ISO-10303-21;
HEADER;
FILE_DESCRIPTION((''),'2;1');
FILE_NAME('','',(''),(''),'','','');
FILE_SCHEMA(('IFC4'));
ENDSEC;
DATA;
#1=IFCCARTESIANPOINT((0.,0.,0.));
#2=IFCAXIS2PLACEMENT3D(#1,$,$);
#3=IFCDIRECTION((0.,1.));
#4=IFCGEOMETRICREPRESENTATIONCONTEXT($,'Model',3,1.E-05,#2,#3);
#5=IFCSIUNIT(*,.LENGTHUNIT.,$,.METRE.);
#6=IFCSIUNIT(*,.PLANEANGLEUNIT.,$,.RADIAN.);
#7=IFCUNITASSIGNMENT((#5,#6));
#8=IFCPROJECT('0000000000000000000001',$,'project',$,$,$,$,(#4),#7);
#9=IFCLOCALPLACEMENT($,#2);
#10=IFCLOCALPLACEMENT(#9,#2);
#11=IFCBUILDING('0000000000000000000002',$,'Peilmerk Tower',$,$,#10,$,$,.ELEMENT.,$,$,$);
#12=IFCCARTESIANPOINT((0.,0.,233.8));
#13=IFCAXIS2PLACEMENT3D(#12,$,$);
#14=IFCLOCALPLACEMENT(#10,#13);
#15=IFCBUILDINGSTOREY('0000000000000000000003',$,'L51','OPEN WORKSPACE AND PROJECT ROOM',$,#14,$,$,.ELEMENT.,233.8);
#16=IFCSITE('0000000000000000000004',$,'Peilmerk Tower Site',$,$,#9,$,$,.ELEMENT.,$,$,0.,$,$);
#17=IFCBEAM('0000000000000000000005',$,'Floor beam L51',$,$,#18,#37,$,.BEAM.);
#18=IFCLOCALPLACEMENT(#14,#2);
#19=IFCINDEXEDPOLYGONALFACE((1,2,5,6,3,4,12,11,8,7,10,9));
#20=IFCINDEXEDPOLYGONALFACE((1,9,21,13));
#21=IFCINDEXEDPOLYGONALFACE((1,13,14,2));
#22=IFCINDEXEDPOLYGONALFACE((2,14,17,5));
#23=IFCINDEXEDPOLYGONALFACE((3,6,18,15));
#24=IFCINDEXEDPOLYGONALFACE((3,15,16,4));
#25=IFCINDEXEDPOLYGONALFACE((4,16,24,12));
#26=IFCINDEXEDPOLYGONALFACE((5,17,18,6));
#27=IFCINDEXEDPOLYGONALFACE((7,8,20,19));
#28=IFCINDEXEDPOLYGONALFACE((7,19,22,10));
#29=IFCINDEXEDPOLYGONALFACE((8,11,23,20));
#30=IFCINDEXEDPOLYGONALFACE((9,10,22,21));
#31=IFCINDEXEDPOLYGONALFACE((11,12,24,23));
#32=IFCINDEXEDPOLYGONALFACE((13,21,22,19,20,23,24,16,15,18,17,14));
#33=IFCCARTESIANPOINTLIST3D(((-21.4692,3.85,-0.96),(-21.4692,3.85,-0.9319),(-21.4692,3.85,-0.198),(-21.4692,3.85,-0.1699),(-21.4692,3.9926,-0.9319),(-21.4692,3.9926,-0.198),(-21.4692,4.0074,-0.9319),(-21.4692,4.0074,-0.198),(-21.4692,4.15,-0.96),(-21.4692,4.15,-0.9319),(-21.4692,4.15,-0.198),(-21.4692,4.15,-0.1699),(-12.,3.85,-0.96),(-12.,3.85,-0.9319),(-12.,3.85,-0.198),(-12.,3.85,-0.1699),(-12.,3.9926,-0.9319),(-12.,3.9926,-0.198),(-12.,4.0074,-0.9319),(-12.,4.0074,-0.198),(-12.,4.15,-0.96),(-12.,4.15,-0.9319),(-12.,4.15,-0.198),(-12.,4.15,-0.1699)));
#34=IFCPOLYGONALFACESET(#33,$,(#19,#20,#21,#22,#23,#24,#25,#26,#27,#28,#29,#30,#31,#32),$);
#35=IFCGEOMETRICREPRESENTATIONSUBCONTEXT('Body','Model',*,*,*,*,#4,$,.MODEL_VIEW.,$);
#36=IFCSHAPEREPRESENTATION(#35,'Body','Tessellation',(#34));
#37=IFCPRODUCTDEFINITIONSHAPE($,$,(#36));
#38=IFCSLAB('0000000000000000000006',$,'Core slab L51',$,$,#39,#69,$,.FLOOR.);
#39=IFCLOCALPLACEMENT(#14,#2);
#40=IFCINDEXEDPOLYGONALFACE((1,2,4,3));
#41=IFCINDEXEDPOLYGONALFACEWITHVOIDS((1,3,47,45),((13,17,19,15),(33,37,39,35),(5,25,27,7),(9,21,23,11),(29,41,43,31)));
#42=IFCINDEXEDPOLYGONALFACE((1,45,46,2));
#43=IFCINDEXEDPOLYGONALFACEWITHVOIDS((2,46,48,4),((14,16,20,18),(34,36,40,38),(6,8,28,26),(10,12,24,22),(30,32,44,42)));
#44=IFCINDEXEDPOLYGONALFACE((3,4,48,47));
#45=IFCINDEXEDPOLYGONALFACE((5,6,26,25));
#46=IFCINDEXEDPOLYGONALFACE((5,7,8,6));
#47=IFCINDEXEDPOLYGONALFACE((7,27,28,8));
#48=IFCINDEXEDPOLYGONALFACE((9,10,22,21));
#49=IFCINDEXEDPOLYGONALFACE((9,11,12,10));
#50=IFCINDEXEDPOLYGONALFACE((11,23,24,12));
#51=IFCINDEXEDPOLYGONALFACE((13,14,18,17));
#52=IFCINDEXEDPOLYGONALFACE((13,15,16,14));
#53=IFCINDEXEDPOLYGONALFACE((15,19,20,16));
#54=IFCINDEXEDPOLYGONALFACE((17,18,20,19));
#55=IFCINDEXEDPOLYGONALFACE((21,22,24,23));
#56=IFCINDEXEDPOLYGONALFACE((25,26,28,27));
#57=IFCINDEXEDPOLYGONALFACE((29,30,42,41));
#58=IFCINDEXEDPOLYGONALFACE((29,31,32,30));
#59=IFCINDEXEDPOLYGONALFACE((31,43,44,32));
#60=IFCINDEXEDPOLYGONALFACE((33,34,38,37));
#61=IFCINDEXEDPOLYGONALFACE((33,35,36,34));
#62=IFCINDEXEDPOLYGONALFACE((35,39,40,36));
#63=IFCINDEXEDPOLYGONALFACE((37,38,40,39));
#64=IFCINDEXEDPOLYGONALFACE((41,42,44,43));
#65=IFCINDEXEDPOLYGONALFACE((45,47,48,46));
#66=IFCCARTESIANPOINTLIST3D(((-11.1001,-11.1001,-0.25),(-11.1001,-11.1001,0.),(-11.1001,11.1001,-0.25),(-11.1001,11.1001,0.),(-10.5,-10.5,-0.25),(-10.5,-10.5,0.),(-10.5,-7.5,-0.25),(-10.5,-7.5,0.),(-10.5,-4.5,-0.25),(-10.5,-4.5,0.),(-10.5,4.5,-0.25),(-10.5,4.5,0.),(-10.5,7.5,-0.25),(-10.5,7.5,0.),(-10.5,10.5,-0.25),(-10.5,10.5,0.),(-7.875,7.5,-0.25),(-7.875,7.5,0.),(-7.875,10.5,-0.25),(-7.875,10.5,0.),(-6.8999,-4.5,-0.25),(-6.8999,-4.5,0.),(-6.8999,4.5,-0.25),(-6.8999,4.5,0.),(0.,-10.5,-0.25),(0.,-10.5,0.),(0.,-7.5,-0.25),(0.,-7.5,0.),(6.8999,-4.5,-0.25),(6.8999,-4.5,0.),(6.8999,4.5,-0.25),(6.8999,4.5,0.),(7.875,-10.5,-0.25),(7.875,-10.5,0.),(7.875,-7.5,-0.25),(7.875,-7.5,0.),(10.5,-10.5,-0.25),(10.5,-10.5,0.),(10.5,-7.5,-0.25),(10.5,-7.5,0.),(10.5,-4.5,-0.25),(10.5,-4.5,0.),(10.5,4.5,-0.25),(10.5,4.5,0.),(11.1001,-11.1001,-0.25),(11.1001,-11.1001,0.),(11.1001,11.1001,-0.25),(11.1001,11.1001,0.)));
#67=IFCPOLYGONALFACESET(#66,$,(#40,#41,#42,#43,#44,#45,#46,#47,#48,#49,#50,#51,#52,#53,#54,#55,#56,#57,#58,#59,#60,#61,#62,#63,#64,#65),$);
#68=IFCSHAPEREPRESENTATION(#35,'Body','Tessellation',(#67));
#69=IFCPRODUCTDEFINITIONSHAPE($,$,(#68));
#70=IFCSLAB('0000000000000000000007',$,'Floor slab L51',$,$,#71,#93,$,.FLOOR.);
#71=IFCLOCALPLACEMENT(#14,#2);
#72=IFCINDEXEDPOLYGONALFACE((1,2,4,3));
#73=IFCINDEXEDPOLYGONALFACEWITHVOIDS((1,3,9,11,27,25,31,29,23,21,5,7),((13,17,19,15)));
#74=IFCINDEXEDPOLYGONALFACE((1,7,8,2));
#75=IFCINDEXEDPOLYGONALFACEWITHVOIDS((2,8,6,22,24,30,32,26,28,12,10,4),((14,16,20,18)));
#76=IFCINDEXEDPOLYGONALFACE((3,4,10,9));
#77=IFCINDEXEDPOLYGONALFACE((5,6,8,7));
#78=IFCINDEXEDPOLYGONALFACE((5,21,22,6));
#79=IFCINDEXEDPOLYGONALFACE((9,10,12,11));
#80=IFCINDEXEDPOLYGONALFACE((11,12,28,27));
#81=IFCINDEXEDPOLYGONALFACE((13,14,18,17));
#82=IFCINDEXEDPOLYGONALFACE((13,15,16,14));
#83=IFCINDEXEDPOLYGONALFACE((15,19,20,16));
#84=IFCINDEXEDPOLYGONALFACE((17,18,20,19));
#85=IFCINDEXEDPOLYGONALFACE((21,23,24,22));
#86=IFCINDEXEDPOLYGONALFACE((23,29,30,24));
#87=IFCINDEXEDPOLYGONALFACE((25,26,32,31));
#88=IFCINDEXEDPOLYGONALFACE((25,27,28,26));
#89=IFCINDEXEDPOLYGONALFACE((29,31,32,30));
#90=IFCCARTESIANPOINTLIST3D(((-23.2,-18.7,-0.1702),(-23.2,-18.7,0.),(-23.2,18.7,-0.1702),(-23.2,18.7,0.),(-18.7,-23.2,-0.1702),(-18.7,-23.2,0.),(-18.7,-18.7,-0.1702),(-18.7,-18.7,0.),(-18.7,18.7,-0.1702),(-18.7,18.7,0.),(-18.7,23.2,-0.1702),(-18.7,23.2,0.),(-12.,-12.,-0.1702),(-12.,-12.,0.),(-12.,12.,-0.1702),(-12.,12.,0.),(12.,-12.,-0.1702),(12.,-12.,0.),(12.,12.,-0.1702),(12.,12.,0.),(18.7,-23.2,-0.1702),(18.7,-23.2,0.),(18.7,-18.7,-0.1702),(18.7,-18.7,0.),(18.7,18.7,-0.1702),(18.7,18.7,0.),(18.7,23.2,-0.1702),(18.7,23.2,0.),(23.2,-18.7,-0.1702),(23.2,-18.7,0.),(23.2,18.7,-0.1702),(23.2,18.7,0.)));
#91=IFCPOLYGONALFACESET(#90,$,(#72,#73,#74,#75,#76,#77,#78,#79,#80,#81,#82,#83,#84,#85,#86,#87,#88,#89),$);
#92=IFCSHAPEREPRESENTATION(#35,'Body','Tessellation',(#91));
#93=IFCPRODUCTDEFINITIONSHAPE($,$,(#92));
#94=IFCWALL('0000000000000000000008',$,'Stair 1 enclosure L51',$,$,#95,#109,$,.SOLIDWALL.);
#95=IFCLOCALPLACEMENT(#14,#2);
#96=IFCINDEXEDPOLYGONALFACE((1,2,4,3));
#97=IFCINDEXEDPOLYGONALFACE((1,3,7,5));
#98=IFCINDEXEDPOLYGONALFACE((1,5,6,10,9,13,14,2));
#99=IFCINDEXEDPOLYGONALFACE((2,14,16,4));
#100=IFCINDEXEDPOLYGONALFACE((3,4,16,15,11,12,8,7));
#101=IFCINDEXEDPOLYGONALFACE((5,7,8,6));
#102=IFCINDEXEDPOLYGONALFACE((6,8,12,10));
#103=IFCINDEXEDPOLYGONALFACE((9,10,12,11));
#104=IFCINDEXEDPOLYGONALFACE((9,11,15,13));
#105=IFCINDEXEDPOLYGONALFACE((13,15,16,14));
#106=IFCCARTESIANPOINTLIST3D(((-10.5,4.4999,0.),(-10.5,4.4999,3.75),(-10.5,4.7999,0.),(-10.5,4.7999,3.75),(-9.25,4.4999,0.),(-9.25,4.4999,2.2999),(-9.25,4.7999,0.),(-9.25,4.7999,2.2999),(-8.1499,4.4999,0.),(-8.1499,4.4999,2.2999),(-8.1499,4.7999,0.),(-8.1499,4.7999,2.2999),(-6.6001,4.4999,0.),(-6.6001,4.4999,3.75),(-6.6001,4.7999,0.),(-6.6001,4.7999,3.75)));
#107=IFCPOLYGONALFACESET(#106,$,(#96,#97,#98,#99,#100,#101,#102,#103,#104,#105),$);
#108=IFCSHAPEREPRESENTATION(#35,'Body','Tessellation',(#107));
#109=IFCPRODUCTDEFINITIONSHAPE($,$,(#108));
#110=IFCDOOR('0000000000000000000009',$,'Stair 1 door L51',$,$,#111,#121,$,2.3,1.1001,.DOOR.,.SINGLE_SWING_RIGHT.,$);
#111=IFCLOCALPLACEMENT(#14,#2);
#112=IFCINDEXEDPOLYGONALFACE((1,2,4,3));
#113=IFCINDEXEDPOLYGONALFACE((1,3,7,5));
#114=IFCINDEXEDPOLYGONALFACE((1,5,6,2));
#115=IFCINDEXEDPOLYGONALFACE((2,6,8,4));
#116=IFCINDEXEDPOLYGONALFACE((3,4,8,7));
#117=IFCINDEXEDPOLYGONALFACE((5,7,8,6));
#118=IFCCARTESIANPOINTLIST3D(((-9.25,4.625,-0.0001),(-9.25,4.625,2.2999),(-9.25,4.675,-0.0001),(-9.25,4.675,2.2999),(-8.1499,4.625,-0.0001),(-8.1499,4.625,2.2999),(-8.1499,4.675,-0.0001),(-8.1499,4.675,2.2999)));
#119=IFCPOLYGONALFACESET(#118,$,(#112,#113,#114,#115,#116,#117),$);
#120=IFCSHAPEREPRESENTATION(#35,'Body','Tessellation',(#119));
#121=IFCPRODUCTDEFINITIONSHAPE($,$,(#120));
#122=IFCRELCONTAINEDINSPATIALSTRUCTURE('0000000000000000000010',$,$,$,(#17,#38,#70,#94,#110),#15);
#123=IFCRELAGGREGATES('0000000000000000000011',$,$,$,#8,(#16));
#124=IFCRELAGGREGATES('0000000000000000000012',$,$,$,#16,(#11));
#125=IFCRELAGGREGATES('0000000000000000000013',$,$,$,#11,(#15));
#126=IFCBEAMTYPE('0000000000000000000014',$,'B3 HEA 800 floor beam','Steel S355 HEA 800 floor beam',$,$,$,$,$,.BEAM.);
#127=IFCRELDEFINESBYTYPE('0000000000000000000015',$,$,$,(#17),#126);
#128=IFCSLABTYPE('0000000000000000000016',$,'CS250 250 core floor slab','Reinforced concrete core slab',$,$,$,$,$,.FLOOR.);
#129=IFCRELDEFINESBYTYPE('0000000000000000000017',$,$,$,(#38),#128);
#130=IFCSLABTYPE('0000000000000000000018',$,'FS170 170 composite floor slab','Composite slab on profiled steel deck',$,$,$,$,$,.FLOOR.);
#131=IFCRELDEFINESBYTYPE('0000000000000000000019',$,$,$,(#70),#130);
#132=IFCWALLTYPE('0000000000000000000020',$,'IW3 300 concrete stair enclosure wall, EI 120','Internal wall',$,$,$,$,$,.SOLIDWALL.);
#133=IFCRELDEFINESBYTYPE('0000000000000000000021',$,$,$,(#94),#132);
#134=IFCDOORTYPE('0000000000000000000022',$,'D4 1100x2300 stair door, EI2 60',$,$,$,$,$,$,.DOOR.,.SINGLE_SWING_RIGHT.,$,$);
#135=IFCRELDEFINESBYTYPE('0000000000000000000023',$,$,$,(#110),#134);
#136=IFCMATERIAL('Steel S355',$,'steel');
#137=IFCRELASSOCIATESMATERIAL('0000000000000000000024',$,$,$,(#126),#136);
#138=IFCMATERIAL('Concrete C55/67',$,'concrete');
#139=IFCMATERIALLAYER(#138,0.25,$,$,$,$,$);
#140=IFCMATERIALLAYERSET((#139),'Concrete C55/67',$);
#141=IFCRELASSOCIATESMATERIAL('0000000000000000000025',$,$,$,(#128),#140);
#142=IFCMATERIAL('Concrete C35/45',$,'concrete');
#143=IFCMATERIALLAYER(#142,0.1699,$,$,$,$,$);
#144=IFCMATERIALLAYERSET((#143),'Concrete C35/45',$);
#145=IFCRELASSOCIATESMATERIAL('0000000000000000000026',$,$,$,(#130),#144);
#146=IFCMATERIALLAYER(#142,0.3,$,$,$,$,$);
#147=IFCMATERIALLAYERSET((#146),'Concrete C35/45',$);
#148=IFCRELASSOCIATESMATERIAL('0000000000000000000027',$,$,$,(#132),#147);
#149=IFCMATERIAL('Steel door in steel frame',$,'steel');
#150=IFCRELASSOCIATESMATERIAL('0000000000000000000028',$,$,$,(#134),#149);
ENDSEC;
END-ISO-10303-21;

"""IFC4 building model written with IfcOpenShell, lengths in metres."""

from ifc_helpers import new_model, si_unit, direction, frame, frame_2d, origin, origin_2d, place, context, subcontext, project, spatial, polyline, rectangle, i_section, outline, extrude, material, layer, layer_set, material_profile, profile_set, type_object, element, fill, save


model = new_model("IFC4")

# Units and contexts
model_context = context("Model", 3, precision=1e-05, world=origin(), true_north=direction((0.0, 1.0)))
body_context = subcontext(model_context, "Body", "Model", "MODEL_VIEW")
ifc_project = project(units=[si_unit("LENGTHUNIT", "METRE"), si_unit("PLANEANGLEUNIT", "RADIAN")], contexts=[model_context])

# Site, building, storey
site_placement = place(None, origin())
site = spatial("IfcSite", under=ifc_project, at=site_placement, Name="Peilmerk Tower Site", CompositionType="ELEMENT", RefElevation=0.0)
building_placement = place(site_placement, origin())
building = spatial("IfcBuilding", under=site, at=building_placement, Name="Peilmerk Tower", CompositionType="ELEMENT")
storey_placement = place(building_placement, frame((0.0, 0.0, 233.8)))
storey = spatial("IfcBuildingStorey", under=building, at=storey_placement, Name="L51", Description="OPEN WORKSPACE AND PROJECT ROOM", CompositionType="ELEMENT", Elevation=233.8)

# Beam
ifc_material_1 = material(Name="Steel S355", Category="steel")
ifc_material_profile = material_profile(ifc_material_1, i_section(OverallWidth=0.3, OverallDepth=0.79, WebThickness=0.0149, FlangeThickness=0.0281, at=origin_2d()), Name="HEA 800")
ifc_profile_set = profile_set([ifc_material_profile], Name="Steel S355")
beam_type = type_object("IfcBeamType", Name="B3 HEA 800 floor beam", Description="Steel S355 HEA 800 floor beam", PredefinedType="BEAM", material=ifc_profile_set)
beam_placement = place(storey_placement, frame((-12.0, 4.0, -0.5649), z_axis=(-1.0, 0.0, 0.0), x_axis=(0.0, -1.0, 0.0)))
element("IfcBeam", 1, at=beam_placement, inside=storey, type_object=beam_type, Name="Floor beam L51", PredefinedType="BEAM", context=body_context, shape_type="SweptSolid", body=[
    extrude(i_section(OverallWidth=0.3, OverallDepth=0.79, WebThickness=0.0149, FlangeThickness=0.0281, at=origin_2d()), origin(), (0.0, 0.0, 1.0), 9.4692),
])

# Slabs
ifc_material_2 = material(Name="Concrete C55/67", Category="concrete")
ifc_layer_1 = layer(ifc_material_2, 0.25)
ifc_layer_set_1 = layer_set([ifc_layer_1], Name="Concrete C55/67")
slab_type_1 = type_object("IfcSlabType", Name="CS250 250 core floor slab", Description="Reinforced concrete core slab", PredefinedType="FLOOR", material=ifc_layer_set_1)
slab_1_placement = place(storey_placement, frame((0.0, 0.0, -0.25)))
element("IfcSlab", 2, at=slab_1_placement, inside=storey, type_object=slab_type_1, Name="Core slab L51", PredefinedType="FLOOR", context=body_context, shape_type="SweptSolid", body=[
    extrude(outline(polyline([(11.1001, -11.1001), (11.1001, 11.1001), (-11.1001, 11.1001), (-11.1001, -11.1001), (11.1001, -11.1001)]), holes=[polyline([(-7.875, 7.5), (-10.5, 7.5), (-10.5, 10.5), (-7.875, 10.5), (-7.875, 7.5)]), polyline([(0.0, -10.5), (-10.5, -10.5), (-10.5, -7.5), (0.0, -7.5), (0.0, -10.5)]), polyline([(7.875, -10.5), (7.875, -7.5), (10.5, -7.5), (10.5, -10.5), (7.875, -10.5)]), polyline([(-10.5, 4.5), (-6.8999, 4.5), (-6.8999, -4.5), (-10.5, -4.5), (-10.5, 4.5)]), polyline([(10.5, 4.5), (10.5, -4.5), (6.8999, -4.5), (6.8999, 4.5), (10.5, 4.5)])]), origin(), (0.0, 0.0, 1.0), 0.25),
])
ifc_material_3 = material(Name="Concrete C35/45", Category="concrete")
ifc_layer_2 = layer(ifc_material_3, 0.1699)
ifc_layer_set_2 = layer_set([ifc_layer_2], Name="Concrete C35/45")
slab_type_2 = type_object("IfcSlabType", Name="FS170 170 composite floor slab", Description="Composite slab on profiled steel deck", PredefinedType="FLOOR", material=ifc_layer_set_2)
slab_2_placement = place(storey_placement, frame((0.0, 0.0, -0.1702)))
element("IfcSlab", 3, at=slab_2_placement, inside=storey, type_object=slab_type_2, Name="Floor slab L51", PredefinedType="FLOOR", context=body_context, shape_type="SweptSolid", body=[
    extrude(outline(polyline([(-18.7, -23.2), (18.7, -23.2), (18.7, -18.7), (23.2, -18.7), (23.2, 18.7), (18.7, 18.7), (18.7, 23.2), (-18.7, 23.2), (-18.7, 18.7), (-23.2, 18.7), (-23.2, -18.7), (-18.7, -18.7), (-18.7, -23.2)]), holes=[polyline([(12.0, 12.0), (12.0, -12.0), (-12.0, -12.0), (-12.0, 12.0), (12.0, 12.0)])]), origin(), (0.0, 0.0, 1.0), 0.1702),
])

# Wall, opening, door
ifc_layer_3 = layer(ifc_material_3, 0.3)
ifc_layer_set_3 = layer_set([ifc_layer_3], Name="Concrete C35/45")
wall_type_1 = type_object("IfcWallType", Name="IW3 300 concrete stair enclosure wall, EI 120", Description="Internal wall", PredefinedType="SOLIDWALL", material=ifc_layer_set_3)
wall_1_placement = place(storey_placement, frame((-10.5, 4.6499, 0.0), z_axis=(0.0, 0.0, 1.0), x_axis=(1.0, 0.0, 0.0)))
wall_1 = element("IfcWall", 4, at=wall_1_placement, inside=storey, type_object=wall_type_1, Name="Stair 1 enclosure L51", PredefinedType="SOLIDWALL", context=body_context, shape_type="SweptSolid", body=[
    extrude(rectangle(XDim=3.8999, YDim=0.3, at=frame_2d((1.95, 0.0))), origin(), (0.0, 0.0, 1.0), 3.75),
])
opening_1_placement = place(wall_1_placement, frame((1.25, 0.0, 0.0)))
opening_1 = element("IfcOpeningElement", 5, at=opening_1_placement, cuts=wall_1, PredefinedType="OPENING", context=body_context, shape_type="SweptSolid", body=[
    extrude(rectangle(XDim=1.1001, YDim=2.3, at=frame_2d((0.55, 1.1499))), frame((0.0, 0.1599, 0.0), z_axis=(0.0, -1.0, 0.0), x_axis=(1.0, 0.0, 0.0)), (0.0, 0.0, 1.0), 0.3201),
])
ifc_material_4 = material(Name="Steel door in steel frame", Category="steel")
door_type_1 = type_object("IfcDoorType", Name="D4 1100x2300 stair door, EI2 60", OperationType="SINGLE_SWING_RIGHT", PredefinedType="DOOR", material=ifc_material_4)
door_1_placement = place(opening_1_placement, frame((1.1001, 0.0, 0.0), z_axis=(0.0, 0.0, 1.0), x_axis=(-1.0, 0.0, 0.0)))
door_1 = element("IfcDoor", 6, at=door_1_placement, inside=storey, type_object=door_type_1, Name="Stair 1 door L51", OperationType="SINGLE_SWING_RIGHT", OverallHeight=2.3, OverallWidth=1.1001, PredefinedType="DOOR", context=body_context, shape_type="SweptSolid", body=[
    extrude(rectangle(XDim=1.1001, YDim=2.3, at=frame_2d((0.55, 1.1499))), frame((0.0, 0.0249, 0.0), z_axis=(0.0, -1.0, 0.0), x_axis=(1.0, 0.0, 0.0)), (0.0, 0.0, 1.0), 0.05),
])
fill(opening_1, door_1)

save(model, "model.ifc")
